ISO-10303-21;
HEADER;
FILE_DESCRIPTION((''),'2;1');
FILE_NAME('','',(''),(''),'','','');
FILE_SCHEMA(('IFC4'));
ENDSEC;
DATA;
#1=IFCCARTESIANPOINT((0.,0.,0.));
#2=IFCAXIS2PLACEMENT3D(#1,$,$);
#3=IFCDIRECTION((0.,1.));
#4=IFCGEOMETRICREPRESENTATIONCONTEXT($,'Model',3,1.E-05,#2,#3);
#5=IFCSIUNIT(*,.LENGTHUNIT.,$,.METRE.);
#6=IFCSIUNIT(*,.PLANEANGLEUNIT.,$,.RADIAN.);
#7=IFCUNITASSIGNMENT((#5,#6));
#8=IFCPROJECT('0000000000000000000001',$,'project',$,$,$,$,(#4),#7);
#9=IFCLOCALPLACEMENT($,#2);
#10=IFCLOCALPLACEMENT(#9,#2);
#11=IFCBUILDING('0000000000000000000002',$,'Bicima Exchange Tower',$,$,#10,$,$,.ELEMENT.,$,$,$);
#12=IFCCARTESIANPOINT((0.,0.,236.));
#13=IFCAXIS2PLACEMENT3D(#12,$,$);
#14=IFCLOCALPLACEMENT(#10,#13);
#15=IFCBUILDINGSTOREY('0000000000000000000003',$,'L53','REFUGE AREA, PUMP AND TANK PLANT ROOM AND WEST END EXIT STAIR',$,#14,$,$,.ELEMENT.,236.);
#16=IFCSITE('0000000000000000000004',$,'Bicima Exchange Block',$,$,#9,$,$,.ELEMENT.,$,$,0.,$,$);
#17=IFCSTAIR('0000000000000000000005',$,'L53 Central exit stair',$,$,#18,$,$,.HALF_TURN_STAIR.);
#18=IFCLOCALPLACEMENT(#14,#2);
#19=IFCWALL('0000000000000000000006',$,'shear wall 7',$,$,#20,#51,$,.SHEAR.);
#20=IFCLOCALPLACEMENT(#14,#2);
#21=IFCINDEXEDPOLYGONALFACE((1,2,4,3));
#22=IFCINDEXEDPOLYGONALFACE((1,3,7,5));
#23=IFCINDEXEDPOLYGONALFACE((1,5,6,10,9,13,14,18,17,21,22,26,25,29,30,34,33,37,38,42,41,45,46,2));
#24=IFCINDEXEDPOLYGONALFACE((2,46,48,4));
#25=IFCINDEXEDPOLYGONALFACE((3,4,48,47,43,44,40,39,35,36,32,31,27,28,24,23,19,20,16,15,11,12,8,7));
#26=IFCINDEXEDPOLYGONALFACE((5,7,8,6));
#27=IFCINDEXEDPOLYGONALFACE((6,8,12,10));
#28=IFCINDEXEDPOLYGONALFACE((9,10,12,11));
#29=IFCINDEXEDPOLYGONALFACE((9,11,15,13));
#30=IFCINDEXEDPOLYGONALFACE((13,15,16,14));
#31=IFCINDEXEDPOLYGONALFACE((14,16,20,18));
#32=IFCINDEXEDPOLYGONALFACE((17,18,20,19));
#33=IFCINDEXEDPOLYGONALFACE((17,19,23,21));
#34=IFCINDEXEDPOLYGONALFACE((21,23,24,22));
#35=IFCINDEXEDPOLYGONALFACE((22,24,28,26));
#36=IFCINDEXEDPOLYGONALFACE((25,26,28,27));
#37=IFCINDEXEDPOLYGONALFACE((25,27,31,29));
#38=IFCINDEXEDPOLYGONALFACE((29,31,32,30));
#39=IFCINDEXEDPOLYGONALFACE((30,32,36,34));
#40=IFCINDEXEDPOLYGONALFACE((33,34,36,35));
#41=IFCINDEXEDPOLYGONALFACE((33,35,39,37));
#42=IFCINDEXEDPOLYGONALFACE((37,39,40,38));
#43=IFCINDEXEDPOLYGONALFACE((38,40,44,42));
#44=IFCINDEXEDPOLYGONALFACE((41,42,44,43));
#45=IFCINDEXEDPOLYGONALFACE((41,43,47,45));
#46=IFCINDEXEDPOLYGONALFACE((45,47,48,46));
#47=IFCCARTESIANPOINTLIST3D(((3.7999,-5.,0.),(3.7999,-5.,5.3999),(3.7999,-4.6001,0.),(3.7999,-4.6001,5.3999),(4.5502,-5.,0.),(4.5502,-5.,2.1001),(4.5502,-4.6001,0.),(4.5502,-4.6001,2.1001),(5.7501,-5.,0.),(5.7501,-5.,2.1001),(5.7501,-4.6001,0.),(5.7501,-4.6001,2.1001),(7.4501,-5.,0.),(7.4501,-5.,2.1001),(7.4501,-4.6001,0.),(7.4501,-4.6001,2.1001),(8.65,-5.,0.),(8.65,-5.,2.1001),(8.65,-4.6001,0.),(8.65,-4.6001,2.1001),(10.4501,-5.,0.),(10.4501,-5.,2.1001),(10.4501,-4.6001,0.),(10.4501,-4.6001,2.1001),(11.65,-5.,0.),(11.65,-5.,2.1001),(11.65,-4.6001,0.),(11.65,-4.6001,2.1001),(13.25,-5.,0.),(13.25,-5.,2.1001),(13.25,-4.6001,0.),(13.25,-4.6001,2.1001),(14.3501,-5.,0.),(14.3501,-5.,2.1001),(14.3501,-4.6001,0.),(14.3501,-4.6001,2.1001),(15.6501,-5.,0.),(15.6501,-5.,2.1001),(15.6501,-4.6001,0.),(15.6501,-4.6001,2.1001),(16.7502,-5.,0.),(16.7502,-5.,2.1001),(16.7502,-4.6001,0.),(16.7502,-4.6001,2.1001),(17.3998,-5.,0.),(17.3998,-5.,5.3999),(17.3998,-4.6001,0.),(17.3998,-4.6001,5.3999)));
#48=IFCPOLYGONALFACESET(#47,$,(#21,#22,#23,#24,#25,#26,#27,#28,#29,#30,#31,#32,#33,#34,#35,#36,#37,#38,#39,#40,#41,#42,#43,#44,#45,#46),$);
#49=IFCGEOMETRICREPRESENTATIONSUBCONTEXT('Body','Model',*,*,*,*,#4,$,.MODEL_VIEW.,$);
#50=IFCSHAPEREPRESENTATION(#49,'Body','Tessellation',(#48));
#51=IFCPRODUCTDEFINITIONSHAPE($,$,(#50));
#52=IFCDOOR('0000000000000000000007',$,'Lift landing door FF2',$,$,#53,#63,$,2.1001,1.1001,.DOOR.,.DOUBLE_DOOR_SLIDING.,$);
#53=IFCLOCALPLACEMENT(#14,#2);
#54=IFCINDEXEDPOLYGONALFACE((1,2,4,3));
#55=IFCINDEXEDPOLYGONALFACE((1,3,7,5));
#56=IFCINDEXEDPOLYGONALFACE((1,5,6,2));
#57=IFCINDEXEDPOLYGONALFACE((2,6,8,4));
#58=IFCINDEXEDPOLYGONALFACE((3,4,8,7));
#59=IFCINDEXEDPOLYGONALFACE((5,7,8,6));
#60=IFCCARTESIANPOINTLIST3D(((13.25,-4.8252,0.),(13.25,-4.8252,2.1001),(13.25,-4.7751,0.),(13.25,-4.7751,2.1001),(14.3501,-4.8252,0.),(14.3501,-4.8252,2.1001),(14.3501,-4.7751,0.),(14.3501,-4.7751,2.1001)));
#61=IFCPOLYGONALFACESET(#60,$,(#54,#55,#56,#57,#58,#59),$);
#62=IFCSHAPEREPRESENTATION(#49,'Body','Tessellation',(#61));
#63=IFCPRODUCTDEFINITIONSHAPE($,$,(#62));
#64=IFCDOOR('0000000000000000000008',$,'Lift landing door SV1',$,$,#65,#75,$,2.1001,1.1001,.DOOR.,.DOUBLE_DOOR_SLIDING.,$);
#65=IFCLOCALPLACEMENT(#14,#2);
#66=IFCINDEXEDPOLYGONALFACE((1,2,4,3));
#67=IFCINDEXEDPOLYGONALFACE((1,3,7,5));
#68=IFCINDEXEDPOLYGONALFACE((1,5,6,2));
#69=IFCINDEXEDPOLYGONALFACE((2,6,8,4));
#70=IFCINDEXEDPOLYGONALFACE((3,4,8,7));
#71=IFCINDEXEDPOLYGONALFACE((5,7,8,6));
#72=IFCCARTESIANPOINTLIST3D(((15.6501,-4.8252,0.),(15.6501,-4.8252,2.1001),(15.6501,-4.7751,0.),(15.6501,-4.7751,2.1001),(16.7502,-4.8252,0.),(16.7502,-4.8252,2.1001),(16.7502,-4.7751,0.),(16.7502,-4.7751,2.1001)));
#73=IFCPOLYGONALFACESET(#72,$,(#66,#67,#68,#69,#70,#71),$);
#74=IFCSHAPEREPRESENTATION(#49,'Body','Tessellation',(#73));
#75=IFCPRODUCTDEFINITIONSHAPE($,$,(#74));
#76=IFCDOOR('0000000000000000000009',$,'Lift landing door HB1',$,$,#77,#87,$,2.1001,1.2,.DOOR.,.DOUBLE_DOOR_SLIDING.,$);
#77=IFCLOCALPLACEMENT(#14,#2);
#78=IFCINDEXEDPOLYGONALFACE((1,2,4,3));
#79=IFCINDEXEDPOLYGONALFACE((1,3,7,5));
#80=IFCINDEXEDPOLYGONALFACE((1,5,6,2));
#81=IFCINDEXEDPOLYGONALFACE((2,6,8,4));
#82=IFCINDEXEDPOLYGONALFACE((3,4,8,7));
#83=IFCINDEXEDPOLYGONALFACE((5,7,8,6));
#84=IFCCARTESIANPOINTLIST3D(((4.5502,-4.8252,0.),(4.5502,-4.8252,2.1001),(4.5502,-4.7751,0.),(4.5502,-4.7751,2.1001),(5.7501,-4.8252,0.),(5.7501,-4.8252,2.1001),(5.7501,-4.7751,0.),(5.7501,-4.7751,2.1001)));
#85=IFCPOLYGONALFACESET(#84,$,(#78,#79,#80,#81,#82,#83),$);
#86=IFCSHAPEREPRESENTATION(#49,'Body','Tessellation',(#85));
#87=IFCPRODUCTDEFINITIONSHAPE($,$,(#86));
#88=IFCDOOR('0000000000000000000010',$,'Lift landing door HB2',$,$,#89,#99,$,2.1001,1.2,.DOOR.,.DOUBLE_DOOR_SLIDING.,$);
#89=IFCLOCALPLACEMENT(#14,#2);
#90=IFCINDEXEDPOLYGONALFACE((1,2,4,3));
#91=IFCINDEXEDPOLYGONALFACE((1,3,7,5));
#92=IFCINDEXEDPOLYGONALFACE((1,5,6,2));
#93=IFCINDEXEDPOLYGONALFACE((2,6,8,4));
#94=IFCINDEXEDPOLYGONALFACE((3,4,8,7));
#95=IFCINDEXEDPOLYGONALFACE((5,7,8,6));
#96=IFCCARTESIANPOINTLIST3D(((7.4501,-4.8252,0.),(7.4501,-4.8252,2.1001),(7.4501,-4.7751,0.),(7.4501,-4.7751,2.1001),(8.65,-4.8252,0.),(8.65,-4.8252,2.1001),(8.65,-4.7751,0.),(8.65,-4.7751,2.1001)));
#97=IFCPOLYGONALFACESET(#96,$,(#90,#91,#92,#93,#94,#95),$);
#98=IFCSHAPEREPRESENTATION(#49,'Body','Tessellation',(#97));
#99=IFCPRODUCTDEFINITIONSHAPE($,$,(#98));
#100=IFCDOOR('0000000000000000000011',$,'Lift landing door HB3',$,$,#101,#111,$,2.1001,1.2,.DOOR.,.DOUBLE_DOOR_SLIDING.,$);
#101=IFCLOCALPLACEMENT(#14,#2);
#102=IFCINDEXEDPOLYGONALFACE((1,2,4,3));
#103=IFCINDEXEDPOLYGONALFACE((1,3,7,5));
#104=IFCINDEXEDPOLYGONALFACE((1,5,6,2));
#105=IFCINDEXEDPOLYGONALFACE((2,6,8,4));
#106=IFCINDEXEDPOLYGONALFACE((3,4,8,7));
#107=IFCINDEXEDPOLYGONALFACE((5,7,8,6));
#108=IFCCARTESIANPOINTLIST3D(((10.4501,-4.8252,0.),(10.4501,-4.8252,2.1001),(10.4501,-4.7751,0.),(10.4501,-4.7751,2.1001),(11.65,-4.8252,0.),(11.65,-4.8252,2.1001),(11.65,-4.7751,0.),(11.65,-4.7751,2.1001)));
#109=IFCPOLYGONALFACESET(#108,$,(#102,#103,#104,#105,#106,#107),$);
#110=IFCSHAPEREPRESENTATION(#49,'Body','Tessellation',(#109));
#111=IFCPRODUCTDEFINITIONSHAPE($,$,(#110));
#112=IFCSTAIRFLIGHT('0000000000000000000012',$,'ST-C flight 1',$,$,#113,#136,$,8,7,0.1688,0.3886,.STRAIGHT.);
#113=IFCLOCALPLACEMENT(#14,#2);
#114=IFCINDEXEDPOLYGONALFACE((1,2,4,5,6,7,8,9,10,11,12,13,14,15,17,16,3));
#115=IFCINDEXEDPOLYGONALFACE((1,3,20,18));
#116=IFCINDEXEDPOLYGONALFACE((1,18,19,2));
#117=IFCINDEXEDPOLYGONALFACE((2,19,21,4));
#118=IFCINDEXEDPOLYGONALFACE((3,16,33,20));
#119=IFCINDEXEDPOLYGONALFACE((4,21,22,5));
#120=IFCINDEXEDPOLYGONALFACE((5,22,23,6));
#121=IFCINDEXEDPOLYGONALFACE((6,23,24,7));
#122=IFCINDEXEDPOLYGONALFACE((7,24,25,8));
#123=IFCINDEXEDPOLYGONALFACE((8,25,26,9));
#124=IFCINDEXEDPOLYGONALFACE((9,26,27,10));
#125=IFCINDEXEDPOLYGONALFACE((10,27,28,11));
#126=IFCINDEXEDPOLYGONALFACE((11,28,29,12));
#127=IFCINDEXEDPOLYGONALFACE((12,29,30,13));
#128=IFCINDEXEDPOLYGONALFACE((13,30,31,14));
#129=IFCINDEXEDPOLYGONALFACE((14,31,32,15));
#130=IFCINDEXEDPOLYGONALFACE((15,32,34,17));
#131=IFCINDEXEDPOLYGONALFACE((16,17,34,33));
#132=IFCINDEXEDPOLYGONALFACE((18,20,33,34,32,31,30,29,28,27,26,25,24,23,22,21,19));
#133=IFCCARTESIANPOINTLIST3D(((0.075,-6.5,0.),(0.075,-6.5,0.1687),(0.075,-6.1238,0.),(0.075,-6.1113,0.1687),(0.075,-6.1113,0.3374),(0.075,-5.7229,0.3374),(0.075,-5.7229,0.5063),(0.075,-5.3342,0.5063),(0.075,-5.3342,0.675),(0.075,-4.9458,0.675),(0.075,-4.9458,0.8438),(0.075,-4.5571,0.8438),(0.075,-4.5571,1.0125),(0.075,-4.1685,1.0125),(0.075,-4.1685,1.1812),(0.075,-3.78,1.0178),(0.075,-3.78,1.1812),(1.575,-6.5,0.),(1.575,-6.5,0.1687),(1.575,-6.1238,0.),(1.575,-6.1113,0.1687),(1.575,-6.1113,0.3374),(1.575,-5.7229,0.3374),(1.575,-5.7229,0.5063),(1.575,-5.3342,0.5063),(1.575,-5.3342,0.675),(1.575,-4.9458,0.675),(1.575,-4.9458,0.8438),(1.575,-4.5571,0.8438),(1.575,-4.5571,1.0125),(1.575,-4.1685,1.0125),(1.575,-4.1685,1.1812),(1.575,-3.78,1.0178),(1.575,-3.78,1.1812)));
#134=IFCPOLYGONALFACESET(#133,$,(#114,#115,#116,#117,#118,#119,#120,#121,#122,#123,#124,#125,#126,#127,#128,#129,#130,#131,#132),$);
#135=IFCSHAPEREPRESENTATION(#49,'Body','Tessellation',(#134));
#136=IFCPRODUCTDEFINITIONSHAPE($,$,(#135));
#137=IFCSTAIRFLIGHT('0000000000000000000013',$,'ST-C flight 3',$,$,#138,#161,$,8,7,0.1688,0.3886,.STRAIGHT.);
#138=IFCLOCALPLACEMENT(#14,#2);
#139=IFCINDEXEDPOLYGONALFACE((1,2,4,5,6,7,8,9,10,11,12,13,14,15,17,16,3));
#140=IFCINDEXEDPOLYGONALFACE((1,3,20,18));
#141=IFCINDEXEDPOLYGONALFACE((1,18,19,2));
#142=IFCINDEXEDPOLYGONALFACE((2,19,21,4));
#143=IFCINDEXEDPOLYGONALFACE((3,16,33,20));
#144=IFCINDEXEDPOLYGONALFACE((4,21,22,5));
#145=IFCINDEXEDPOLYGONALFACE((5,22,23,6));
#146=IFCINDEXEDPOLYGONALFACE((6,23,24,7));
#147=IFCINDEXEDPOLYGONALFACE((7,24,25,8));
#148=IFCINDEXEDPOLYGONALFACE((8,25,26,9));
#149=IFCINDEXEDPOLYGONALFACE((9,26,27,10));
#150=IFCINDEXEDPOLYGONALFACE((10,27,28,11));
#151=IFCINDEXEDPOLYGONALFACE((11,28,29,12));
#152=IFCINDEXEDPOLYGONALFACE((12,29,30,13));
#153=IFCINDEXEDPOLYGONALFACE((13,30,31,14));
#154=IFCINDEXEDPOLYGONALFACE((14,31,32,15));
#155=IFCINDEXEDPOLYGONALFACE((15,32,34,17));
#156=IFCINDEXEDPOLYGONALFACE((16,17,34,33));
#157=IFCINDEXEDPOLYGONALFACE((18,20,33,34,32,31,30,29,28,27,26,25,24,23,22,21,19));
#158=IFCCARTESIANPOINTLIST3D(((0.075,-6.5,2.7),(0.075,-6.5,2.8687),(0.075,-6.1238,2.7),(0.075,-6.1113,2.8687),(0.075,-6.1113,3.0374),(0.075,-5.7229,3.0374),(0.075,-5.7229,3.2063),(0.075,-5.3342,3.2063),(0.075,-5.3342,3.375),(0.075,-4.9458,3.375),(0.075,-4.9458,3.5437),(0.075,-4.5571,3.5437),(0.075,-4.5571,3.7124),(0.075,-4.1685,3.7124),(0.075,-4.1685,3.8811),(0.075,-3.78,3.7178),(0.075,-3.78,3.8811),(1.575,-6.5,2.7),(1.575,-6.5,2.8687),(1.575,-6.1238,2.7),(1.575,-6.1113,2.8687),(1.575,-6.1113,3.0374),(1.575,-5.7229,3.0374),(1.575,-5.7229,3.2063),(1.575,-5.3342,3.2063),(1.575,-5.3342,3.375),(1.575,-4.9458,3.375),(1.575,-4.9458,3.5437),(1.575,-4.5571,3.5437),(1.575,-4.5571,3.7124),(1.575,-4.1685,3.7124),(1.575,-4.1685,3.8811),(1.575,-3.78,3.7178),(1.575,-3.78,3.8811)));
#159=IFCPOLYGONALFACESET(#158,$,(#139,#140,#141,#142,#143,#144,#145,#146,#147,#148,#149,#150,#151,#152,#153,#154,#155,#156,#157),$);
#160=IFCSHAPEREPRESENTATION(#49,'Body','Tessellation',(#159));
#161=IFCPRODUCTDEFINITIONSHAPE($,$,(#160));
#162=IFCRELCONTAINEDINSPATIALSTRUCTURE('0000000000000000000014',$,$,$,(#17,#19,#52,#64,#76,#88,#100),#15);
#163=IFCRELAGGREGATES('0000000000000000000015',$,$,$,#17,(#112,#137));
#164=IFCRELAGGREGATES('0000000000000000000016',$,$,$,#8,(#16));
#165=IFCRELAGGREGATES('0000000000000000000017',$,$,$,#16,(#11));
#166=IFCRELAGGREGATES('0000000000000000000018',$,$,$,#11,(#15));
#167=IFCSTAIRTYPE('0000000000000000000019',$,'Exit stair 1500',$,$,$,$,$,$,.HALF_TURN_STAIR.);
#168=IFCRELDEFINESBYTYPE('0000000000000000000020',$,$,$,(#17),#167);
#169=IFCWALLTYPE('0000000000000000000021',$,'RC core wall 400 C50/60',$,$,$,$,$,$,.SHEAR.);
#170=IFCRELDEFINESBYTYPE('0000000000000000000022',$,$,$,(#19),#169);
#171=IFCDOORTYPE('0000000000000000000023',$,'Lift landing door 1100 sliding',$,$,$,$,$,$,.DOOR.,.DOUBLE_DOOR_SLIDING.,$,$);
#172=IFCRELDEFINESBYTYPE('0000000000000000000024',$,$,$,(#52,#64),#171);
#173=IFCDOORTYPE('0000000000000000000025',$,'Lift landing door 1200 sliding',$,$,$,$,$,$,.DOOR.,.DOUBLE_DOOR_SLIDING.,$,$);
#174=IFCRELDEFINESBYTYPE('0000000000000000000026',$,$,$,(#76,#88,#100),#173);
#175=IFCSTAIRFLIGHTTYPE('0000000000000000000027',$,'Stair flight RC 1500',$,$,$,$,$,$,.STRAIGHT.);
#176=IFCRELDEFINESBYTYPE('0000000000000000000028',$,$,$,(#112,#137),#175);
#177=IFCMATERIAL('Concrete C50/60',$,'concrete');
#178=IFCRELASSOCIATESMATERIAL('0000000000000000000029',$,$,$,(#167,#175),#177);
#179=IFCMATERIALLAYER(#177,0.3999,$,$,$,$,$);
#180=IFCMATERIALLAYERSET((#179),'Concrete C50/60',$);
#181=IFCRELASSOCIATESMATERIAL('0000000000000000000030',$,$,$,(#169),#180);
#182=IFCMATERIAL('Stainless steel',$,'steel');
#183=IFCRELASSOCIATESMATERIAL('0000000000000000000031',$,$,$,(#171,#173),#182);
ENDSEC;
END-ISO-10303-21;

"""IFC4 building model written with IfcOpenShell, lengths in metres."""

from ifc_helpers import new_model, si_unit, direction, frame, frame_2d, origin, place, context, subcontext, project, spatial, polyline, rectangle, outline, extrude, material, layer, layer_set, type_object, element, fill, aggregate, save


model = new_model("IFC4")

# Units and contexts
model_context = context("Model", 3, precision=1e-05, world=origin(), true_north=direction((0.0, 1.0)))
body_context = subcontext(model_context, "Body", "Model", "MODEL_VIEW")
ifc_project = project(units=[si_unit("LENGTHUNIT", "METRE"), si_unit("PLANEANGLEUNIT", "RADIAN")], contexts=[model_context])

# Site, building, storey
site_placement = place(None, origin())
site = spatial("IfcSite", under=ifc_project, at=site_placement, Name="Bicima Exchange Block", CompositionType="ELEMENT", RefElevation=0.0)
building_placement = place(site_placement, origin())
building = spatial("IfcBuilding", under=site, at=building_placement, Name="Bicima Exchange Tower", CompositionType="ELEMENT")
storey_placement = place(building_placement, frame((0.0, 0.0, 236.0)))
storey = spatial("IfcBuildingStorey", under=building, at=storey_placement, Name="L53", Description="REFUGE AREA, PUMP AND TANK PLANT ROOM AND WEST END EXIT STAIR", CompositionType="ELEMENT", Elevation=236.0)

# Stair
ifc_material_1 = material(Name="Concrete C50/60", Category="concrete")
stair_type_1 = type_object("IfcStairType", Name="Exit stair 1500", PredefinedType="HALF_TURN_STAIR", material=ifc_material_1)
stair_1_placement = place(storey_placement, origin())
stair_1 = element("IfcStair", 1, at=stair_1_placement, inside=storey, type_object=stair_type_1, Name="L53 Central exit stair", PredefinedType="HALF_TURN_STAIR")

# Shared definitions
ifc_layer_1 = layer(ifc_material_1, 0.3999)
ifc_layer_set_1 = layer_set([ifc_layer_1], Name="Concrete C50/60")
wall_type_1 = type_object("IfcWallType", Name="RC core wall 400 C50/60", PredefinedType="SHEAR", material=ifc_layer_set_1)

# Wall, openings, doors
wall_1_placement = place(storey_placement, frame((3.8, -4.8, 0.0), z_axis=(0.0, 0.0, 1.0), x_axis=(1.0, 0.0, 0.0)))
wall_1 = element("IfcWall", 2, at=wall_1_placement, inside=storey, type_object=wall_type_1, Name="shear wall 7", PredefinedType="SHEAR", context=body_context, shape_type="SweptSolid", body=[
    extrude(rectangle(XDim=13.5999, YDim=0.3999, at=frame_2d((6.7998, 0.0))), origin(), (0.0, 0.0, 1.0), 5.3999),
])
opening_1_placement = place(wall_1_placement, frame((0.75, 0.0, 0.0)))
opening_1 = element("IfcOpeningElement", 3, at=opening_1_placement, cuts=wall_1, PredefinedType="OPENING", context=body_context, shape_type="SweptSolid", body=[
    extrude(rectangle(XDim=1.2, YDim=2.1001, at=frame_2d((0.6001, 1.05))), frame((0.0, 0.2119, 0.0), z_axis=(0.0, -1.0, 0.0), x_axis=(1.0, 0.0, 0.0)), (0.0, 0.0, 1.0), 0.4238),
])
opening_2_placement = place(wall_1_placement, frame((3.6499, 0.0, 0.0)))
opening_2 = element("IfcOpeningElement", 4, at=opening_2_placement, cuts=wall_1, PredefinedType="OPENING", context=body_context, shape_type="SweptSolid", body=[
    extrude(rectangle(XDim=1.2, YDim=2.1001, at=frame_2d((0.6001, 1.05))), frame((0.0, 0.2119, 0.0), z_axis=(0.0, -1.0, 0.0), x_axis=(1.0, 0.0, 0.0)), (0.0, 0.0, 1.0), 0.4238),
])
opening_3_placement = place(wall_1_placement, frame((6.6499, 0.0, 0.0)))
opening_3 = element("IfcOpeningElement", 5, at=opening_3_placement, cuts=wall_1, PredefinedType="OPENING", context=body_context, shape_type="SweptSolid", body=[
    extrude(rectangle(XDim=1.2, YDim=2.1001, at=frame_2d((0.6001, 1.05))), frame((0.0, 0.2119, 0.0), z_axis=(0.0, -1.0, 0.0), x_axis=(1.0, 0.0, 0.0)), (0.0, 0.0, 1.0), 0.4238),
])
opening_4_placement = place(wall_1_placement, frame((9.45, 0.0, 0.0)))
opening_4 = element("IfcOpeningElement", 6, at=opening_4_placement, cuts=wall_1, PredefinedType="OPENING", context=body_context, shape_type="SweptSolid", body=[
    extrude(rectangle(XDim=1.1001, YDim=2.1001, at=frame_2d((0.55, 1.05))), frame((0.0, 0.2119, 0.0), z_axis=(0.0, -1.0, 0.0), x_axis=(1.0, 0.0, 0.0)), (0.0, 0.0, 1.0), 0.4238),
])
opening_5_placement = place(wall_1_placement, frame((11.8501, 0.0, 0.0)))
opening_5 = element("IfcOpeningElement", 7, at=opening_5_placement, cuts=wall_1, PredefinedType="OPENING", context=body_context, shape_type="SweptSolid", body=[
    extrude(rectangle(XDim=1.1001, YDim=2.1001, at=frame_2d((0.55, 1.05))), frame((0.0, 0.2119, 0.0), z_axis=(0.0, -1.0, 0.0), x_axis=(1.0, 0.0, 0.0)), (0.0, 0.0, 1.0), 0.4238),
])
ifc_material_2 = material(Name="Stainless steel", Category="steel")
door_type_1 = type_object("IfcDoorType", Name="Lift landing door 1100 sliding", OperationType="DOUBLE_DOOR_SLIDING", PredefinedType="DOOR", material=ifc_material_2)
door_1_placement = place(opening_4_placement, origin())
door_1 = element("IfcDoor", 8, at=door_1_placement, inside=storey, type_object=door_type_1, Name="Lift landing door FF2", OperationType="DOUBLE_DOOR_SLIDING", OverallHeight=2.1001, OverallWidth=1.1001, PredefinedType="DOOR", context=body_context, shape_type="SweptSolid", body=[
    extrude(rectangle(XDim=1.1001, YDim=2.1001, at=frame_2d((0.55, 1.05))), frame((0.0, 0.0249, 0.0), z_axis=(0.0, -1.0, 0.0), x_axis=(1.0, 0.0, 0.0)), (0.0, 0.0, 1.0), 0.05),
])
fill(opening_4, door_1)
door_2_placement = place(opening_5_placement, origin())
door_2 = element("IfcDoor", 9, at=door_2_placement, inside=storey, type_object=door_type_1, Name="Lift landing door SV1", OperationType="DOUBLE_DOOR_SLIDING", OverallHeight=2.1001, OverallWidth=1.1001, PredefinedType="DOOR", context=body_context, shape_type="SweptSolid", body=[
    extrude(rectangle(XDim=1.1001, YDim=2.1001, at=frame_2d((0.55, 1.05))), frame((0.0, 0.0249, 0.0), z_axis=(0.0, -1.0, 0.0), x_axis=(1.0, 0.0, 0.0)), (0.0, 0.0, 1.0), 0.05),
])
fill(opening_5, door_2)
door_type_2 = type_object("IfcDoorType", Name="Lift landing door 1200 sliding", OperationType="DOUBLE_DOOR_SLIDING", PredefinedType="DOOR", material=ifc_material_2)
door_3_placement = place(opening_1_placement, origin())
door_3 = element("IfcDoor", 10, at=door_3_placement, inside=storey, type_object=door_type_2, Name="Lift landing door HB1", OperationType="DOUBLE_DOOR_SLIDING", OverallHeight=2.1001, OverallWidth=1.2, PredefinedType="DOOR", context=body_context, shape_type="SweptSolid", body=[
    extrude(rectangle(XDim=1.2, YDim=2.1001, at=frame_2d((0.6001, 1.05))), frame((0.0, 0.0249, 0.0), z_axis=(0.0, -1.0, 0.0), x_axis=(1.0, 0.0, 0.0)), (0.0, 0.0, 1.0), 0.05),
])
fill(opening_1, door_3)
door_4_placement = place(opening_2_placement, origin())
door_4 = element("IfcDoor", 11, at=door_4_placement, inside=storey, type_object=door_type_2, Name="Lift landing door HB2", OperationType="DOUBLE_DOOR_SLIDING", OverallHeight=2.1001, OverallWidth=1.2, PredefinedType="DOOR", context=body_context, shape_type="SweptSolid", body=[
    extrude(rectangle(XDim=1.2, YDim=2.1001, at=frame_2d((0.6001, 1.05))), frame((0.0, 0.0249, 0.0), z_axis=(0.0, -1.0, 0.0), x_axis=(1.0, 0.0, 0.0)), (0.0, 0.0, 1.0), 0.05),
])
fill(opening_2, door_4)
door_5_placement = place(opening_3_placement, origin())
door_5 = element("IfcDoor", 12, at=door_5_placement, inside=storey, type_object=door_type_2, Name="Lift landing door HB3", OperationType="DOUBLE_DOOR_SLIDING", OverallHeight=2.1001, OverallWidth=1.2, PredefinedType="DOOR", context=body_context, shape_type="SweptSolid", body=[
    extrude(rectangle(XDim=1.2, YDim=2.1001, at=frame_2d((0.6001, 1.05))), frame((0.0, 0.0249, 0.0), z_axis=(0.0, -1.0, 0.0), x_axis=(1.0, 0.0, 0.0)), (0.0, 0.0, 1.0), 0.05),
])
fill(opening_3, door_5)

# Stair flights
stair_flight_type = type_object("IfcStairFlightType", Name="Stair flight RC 1500", PredefinedType="STRAIGHT", material=ifc_material_1)
stair_flight_1_placement = place(storey_placement, frame((0.825, -6.5, 0.0), z_axis=(0.0, 0.0, 1.0), x_axis=(0.0, 1.0, 0.0)))
stair_flight_1 = element("IfcStairFlight", 13, at=stair_flight_1_placement, type_object=stair_flight_type, Name="ST-C flight 1", NumberOfRisers=8, NumberOfTreads=7, PredefinedType="STRAIGHT", RiserHeight=0.1688, TreadLength=0.3886, context=body_context, shape_type="SweptSolid", body=[
    extrude(outline(polyline([(0.0, 0.0), (0.0, 0.1687), (0.3887, 0.1687), (0.3887, 0.3374), (0.7771, 0.3374), (0.7771, 0.5063), (1.1658, 0.5063), (1.1658, 0.675), (1.5542, 0.675), (1.5542, 0.8438), (1.9429, 0.8438), (1.9429, 1.0125), (2.3315, 1.0125), (2.3315, 1.1812), (2.72, 1.1812), (2.72, 1.3501), (2.72, 1.0178), (0.3762, 0.0), (0.0, 0.0)])), frame((0.0, 0.75, 0.0), z_axis=(0.0, -1.0, 0.0), x_axis=(1.0, 0.0, 0.0)), (0.0, 0.0, 1.0), 1.5),
])
stair_flight_2_placement = place(storey_placement, frame((0.825, -6.5, 2.7), z_axis=(0.0, 0.0, 1.0), x_axis=(0.0, 1.0, 0.0)))
stair_flight_2 = element("IfcStairFlight", 14, at=stair_flight_2_placement, type_object=stair_flight_type, Name="ST-C flight 3", NumberOfRisers=8, NumberOfTreads=7, PredefinedType="STRAIGHT", RiserHeight=0.1688, TreadLength=0.3886, context=body_context, shape_type="SweptSolid", body=[
    extrude(outline(polyline([(0.0, 0.0), (0.0, 0.1687), (0.3887, 0.1687), (0.3887, 0.3374), (0.7771, 0.3374), (0.7771, 0.5063), (1.1658, 0.5063), (1.1658, 0.675), (1.5542, 0.675), (1.5542, 0.8438), (1.9429, 0.8438), (1.9429, 1.0125), (2.3315, 1.0125), (2.3315, 1.1812), (2.72, 1.1812), (2.72, 1.3501), (2.72, 1.0178), (0.3762, 0.0), (0.0, 0.0)])), frame((0.0, 0.75, 0.0), z_axis=(0.0, -1.0, 0.0), x_axis=(1.0, 0.0, 0.0)), (0.0, 0.0, 1.0), 1.5),
])
aggregate(stair_1, [stair_flight_1, stair_flight_2])

save(model, "model.ifc")
